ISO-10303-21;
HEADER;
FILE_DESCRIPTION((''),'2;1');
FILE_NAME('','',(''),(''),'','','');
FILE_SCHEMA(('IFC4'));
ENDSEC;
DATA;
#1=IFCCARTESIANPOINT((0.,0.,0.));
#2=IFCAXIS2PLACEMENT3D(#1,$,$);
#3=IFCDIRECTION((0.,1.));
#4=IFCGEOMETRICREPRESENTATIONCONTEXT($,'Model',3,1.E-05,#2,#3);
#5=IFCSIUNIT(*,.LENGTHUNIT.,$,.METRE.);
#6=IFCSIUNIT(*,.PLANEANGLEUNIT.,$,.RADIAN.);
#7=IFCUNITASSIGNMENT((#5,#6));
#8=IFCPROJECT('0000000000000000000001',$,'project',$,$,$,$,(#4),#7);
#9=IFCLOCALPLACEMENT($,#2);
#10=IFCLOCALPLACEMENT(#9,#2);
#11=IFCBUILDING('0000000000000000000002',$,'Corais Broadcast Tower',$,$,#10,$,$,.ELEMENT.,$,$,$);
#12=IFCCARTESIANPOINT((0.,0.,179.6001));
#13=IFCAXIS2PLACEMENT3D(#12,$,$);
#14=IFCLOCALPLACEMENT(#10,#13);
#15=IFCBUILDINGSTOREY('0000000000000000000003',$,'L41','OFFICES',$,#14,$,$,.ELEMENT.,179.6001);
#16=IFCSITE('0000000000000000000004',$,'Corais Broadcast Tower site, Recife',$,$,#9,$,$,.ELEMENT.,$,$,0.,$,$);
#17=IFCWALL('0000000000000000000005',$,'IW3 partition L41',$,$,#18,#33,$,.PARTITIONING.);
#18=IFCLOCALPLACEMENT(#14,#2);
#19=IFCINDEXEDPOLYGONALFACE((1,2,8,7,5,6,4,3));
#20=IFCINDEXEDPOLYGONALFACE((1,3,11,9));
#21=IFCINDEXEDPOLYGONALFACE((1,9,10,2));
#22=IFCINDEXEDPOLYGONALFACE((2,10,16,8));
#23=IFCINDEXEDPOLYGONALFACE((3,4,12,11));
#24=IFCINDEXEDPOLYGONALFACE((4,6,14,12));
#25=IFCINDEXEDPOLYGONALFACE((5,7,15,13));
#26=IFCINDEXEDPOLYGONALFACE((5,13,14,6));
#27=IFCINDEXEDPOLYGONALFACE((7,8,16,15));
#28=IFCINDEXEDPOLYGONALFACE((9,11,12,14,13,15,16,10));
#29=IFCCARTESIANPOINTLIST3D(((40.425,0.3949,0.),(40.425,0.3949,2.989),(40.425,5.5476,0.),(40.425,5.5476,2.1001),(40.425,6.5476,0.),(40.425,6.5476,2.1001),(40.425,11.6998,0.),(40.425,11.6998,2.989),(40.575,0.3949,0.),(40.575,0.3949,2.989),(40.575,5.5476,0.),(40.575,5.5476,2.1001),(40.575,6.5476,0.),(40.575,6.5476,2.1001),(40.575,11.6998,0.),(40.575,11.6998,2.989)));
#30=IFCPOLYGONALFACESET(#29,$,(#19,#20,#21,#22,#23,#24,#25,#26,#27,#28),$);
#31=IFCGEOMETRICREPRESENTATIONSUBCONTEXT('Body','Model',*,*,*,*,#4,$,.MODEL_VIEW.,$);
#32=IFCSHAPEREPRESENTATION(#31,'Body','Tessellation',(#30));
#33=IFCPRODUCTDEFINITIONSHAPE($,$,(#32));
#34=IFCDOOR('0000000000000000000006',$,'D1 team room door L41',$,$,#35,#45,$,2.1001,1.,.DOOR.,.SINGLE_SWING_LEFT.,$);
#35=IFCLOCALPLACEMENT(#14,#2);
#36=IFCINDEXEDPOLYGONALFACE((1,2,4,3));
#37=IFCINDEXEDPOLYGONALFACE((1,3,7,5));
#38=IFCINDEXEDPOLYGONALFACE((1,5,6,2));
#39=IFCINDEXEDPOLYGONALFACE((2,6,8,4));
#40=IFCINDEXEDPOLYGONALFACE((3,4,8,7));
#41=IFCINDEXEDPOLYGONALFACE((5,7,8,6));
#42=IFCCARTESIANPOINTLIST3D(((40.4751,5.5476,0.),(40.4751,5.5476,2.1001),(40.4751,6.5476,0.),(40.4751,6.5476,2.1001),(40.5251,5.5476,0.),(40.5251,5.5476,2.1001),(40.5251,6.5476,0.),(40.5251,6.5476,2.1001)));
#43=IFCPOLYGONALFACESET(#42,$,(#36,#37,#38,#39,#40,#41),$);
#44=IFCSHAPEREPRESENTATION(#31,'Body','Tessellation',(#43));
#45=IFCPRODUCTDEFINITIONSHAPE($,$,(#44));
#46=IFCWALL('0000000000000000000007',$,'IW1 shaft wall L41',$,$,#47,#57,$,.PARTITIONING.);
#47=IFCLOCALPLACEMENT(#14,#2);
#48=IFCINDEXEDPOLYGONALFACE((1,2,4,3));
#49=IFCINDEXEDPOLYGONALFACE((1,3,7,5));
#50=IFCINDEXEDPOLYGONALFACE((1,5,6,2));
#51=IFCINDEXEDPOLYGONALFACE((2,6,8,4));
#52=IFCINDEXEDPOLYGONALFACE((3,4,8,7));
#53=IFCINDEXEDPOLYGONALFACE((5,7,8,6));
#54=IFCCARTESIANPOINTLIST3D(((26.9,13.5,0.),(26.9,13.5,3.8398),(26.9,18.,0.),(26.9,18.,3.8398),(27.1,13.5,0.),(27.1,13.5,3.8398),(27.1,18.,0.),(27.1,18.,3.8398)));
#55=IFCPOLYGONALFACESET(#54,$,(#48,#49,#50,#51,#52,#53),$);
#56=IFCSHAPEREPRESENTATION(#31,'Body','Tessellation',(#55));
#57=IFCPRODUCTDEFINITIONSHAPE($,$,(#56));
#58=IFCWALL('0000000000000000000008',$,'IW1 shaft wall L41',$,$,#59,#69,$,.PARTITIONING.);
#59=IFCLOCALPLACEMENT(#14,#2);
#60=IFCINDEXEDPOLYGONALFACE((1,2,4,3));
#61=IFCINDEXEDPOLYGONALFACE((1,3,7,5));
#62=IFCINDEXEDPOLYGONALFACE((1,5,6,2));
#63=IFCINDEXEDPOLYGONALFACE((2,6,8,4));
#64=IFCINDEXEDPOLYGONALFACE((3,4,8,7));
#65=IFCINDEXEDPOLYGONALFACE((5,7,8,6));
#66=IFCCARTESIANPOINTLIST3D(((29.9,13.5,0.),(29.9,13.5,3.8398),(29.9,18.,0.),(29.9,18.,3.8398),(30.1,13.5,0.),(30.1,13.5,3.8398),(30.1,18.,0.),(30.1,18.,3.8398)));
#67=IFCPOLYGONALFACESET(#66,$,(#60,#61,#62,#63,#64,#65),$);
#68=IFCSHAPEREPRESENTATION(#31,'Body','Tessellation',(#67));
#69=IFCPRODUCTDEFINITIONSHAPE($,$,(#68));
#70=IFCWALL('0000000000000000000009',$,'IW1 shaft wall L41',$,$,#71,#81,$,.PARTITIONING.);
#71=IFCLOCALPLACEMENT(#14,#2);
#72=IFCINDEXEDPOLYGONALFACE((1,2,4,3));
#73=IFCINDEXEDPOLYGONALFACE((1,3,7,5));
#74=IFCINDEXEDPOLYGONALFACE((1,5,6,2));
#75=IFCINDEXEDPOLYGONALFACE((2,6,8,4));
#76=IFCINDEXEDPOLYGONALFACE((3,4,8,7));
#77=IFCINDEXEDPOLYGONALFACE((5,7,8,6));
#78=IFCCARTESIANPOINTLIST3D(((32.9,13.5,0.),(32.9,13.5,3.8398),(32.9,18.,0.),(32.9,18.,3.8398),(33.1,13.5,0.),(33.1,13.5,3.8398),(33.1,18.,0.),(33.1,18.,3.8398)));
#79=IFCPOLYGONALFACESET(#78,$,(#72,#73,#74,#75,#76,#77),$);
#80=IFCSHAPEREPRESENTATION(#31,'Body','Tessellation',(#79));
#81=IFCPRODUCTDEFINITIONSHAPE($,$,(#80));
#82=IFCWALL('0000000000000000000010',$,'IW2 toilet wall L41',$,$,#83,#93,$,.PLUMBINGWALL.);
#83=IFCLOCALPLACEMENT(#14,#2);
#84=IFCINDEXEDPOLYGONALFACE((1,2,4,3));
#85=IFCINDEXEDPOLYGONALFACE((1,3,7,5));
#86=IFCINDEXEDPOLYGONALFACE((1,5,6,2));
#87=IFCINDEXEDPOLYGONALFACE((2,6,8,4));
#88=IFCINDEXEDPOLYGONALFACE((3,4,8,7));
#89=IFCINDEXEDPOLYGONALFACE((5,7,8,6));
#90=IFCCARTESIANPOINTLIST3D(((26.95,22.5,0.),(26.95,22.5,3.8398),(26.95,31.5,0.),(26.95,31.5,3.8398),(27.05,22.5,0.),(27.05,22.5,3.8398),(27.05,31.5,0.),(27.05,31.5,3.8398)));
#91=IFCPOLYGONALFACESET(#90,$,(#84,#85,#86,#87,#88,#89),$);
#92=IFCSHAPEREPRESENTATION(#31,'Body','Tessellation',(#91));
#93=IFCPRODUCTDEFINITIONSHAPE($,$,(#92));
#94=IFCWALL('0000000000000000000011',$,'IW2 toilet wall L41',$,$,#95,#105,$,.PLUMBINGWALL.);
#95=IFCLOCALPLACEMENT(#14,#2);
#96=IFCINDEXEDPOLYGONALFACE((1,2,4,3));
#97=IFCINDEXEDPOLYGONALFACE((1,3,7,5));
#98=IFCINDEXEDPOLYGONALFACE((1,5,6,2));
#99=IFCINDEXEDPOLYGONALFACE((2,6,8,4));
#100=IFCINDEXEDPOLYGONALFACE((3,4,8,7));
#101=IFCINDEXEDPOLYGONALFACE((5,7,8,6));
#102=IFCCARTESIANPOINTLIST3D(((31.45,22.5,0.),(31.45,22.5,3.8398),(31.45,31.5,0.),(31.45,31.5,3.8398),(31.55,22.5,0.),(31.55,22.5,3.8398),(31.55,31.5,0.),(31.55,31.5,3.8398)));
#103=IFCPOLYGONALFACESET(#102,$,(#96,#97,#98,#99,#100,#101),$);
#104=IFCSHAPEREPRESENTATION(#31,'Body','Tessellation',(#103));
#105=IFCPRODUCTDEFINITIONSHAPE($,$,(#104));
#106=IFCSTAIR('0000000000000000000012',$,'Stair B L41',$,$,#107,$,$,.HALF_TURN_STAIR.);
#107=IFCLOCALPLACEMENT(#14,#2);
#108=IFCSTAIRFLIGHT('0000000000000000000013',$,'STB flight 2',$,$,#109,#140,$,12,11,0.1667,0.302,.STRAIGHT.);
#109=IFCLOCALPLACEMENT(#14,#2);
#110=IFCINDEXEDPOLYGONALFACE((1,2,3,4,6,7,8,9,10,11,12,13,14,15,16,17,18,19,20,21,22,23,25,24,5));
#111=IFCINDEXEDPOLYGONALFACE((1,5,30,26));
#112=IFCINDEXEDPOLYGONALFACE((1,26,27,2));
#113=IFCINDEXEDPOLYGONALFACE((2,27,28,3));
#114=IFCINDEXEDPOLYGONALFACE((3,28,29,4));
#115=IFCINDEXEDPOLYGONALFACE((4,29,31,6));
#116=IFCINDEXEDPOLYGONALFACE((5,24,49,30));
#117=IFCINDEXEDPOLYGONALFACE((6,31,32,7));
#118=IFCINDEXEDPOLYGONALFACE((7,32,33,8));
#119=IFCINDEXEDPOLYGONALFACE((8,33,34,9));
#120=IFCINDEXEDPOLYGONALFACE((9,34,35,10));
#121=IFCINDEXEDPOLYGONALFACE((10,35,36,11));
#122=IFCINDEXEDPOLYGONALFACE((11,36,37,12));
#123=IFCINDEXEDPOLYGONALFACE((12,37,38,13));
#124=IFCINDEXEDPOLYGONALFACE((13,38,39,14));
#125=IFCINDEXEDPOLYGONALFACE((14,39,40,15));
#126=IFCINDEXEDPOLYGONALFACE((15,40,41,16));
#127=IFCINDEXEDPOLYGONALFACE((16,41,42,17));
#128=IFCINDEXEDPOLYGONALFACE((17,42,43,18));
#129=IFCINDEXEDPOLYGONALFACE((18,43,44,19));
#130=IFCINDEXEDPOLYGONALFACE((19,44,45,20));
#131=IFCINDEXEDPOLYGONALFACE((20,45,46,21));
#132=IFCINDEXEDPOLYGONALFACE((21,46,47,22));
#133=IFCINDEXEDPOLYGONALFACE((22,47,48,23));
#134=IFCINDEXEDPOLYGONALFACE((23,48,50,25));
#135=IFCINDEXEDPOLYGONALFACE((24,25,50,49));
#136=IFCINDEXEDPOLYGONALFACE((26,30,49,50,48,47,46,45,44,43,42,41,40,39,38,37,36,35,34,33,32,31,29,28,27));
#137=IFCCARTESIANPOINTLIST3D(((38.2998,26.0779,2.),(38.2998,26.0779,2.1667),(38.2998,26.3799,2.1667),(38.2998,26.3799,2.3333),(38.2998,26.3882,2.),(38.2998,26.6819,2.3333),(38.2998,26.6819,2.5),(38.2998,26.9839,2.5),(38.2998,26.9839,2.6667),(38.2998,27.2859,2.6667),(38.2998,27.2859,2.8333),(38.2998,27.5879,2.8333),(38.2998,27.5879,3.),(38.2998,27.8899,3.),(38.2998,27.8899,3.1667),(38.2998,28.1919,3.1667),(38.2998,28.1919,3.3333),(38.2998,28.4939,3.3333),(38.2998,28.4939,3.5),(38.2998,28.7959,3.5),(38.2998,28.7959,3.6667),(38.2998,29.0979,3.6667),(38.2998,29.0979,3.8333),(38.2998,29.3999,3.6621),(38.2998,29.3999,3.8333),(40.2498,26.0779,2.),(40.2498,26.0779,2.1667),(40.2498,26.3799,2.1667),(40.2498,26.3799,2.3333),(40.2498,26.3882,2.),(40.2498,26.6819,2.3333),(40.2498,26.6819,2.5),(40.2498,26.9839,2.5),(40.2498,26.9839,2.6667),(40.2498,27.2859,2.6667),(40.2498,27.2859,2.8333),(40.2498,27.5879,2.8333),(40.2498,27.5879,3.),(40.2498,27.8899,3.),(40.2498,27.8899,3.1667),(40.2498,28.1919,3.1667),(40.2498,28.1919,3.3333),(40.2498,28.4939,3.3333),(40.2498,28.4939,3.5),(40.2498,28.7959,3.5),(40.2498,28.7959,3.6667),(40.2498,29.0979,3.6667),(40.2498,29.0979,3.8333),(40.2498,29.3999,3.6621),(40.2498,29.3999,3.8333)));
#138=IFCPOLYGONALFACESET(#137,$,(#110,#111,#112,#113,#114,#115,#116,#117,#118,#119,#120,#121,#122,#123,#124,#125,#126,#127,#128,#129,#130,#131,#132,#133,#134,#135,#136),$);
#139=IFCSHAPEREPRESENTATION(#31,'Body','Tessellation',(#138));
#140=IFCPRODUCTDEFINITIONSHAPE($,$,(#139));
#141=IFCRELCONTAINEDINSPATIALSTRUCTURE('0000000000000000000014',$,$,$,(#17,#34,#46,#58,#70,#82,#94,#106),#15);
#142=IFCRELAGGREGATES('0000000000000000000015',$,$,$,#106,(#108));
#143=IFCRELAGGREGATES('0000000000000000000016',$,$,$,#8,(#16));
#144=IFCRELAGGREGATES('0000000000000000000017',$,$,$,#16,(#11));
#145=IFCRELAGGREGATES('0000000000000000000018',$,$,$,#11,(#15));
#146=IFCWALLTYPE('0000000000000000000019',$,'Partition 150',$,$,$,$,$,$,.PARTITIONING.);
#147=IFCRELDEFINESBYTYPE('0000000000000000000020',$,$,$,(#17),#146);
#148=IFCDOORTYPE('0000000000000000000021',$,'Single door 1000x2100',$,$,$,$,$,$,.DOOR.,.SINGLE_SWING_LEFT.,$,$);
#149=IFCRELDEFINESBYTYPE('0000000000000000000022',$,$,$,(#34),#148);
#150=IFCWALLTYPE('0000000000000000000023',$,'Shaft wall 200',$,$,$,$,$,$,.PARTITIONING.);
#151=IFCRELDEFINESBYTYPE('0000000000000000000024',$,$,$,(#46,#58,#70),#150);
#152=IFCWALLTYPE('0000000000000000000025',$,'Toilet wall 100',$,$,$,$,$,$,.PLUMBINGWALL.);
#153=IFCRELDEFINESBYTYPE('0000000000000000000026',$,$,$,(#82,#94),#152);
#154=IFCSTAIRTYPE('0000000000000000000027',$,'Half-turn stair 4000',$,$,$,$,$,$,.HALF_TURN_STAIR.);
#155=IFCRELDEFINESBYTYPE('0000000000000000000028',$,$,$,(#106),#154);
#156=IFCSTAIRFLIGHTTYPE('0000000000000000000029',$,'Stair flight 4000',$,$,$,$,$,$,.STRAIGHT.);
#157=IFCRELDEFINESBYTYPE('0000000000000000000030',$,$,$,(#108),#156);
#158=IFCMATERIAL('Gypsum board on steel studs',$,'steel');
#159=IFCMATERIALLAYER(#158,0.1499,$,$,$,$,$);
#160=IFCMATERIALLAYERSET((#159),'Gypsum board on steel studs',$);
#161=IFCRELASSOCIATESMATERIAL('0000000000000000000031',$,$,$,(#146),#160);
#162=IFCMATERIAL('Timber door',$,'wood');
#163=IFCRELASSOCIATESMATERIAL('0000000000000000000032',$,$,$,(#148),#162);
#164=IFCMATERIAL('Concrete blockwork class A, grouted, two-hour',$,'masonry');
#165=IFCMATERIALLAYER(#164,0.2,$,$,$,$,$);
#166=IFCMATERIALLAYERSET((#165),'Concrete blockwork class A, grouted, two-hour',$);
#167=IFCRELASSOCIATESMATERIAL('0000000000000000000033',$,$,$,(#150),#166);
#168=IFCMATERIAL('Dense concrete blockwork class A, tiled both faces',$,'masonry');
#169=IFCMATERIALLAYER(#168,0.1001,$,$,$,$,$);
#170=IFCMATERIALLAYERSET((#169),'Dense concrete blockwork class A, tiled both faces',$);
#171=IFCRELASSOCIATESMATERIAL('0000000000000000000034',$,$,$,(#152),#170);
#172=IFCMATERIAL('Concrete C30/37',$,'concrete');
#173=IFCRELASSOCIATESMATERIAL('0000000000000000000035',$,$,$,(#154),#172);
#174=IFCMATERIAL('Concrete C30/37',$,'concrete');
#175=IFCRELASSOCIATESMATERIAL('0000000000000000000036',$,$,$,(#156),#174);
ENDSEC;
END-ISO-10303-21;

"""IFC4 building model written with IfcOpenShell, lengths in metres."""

from ifc_helpers import new_model, si_unit, direction, frame, frame_2d, origin, place, context, subcontext, project, spatial, polyline, rectangle, outline, extrude, material, layer, layer_set, type_object, element, fill, aggregate, save


model = new_model("IFC4")

# Units and contexts
model_context = context("Model", 3, precision=1e-05, world=origin(), true_north=direction((0.0, 1.0)))
body_context = subcontext(model_context, "Body", "Model", "MODEL_VIEW")
ifc_project = project(units=[si_unit("LENGTHUNIT", "METRE"), si_unit("PLANEANGLEUNIT", "RADIAN")], contexts=[model_context])

# Site, building, storey
site_placement = place(None, origin())
site = spatial("IfcSite", under=ifc_project, at=site_placement, Name="Corais Broadcast Tower site, Recife", CompositionType="ELEMENT", RefElevation=0.0)
building_placement = place(site_placement, origin())
building = spatial("IfcBuilding", under=site, at=building_placement, Name="Corais Broadcast Tower", CompositionType="ELEMENT")
storey_placement = place(building_placement, frame((0.0, 0.0, 179.6001)))
storey = spatial("IfcBuildingStorey", under=building, at=storey_placement, Name="L41", Description="OFFICES", CompositionType="ELEMENT", Elevation=179.6001)

# Shared definitions
ifc_material_1 = material(Name="Gypsum board on steel studs", Category="steel")
ifc_layer_1 = layer(ifc_material_1, 0.1499)
ifc_layer_set_1 = layer_set([ifc_layer_1], Name="Gypsum board on steel studs")
wall_type_1 = type_object("IfcWallType", Name="Partition 150", PredefinedType="PARTITIONING", material=ifc_layer_set_1)

# Wall, opening, door
wall_1_placement = place(storey_placement, frame((40.5, 0.395, 0.0), z_axis=(0.0, 0.0, 1.0), x_axis=(0.0, 1.0, 0.0)))
wall_1 = element("IfcWall", 1, at=wall_1_placement, inside=storey, type_object=wall_type_1, Name="IW3 partition L41", PredefinedType="PARTITIONING", context=body_context, shape_type="SweptSolid", body=[
    extrude(rectangle(XDim=11.3049, YDim=0.1499, at=frame_2d((5.6523, 0.0))), origin(), (0.0, 0.0, 1.0), 2.989),
])
opening_1_placement = place(wall_1_placement, frame((5.1526, 0.0, 0.0)))
opening_1 = element("IfcOpeningElement", 2, at=opening_1_placement, cuts=wall_1, PredefinedType="OPENING", context=body_context, shape_type="SweptSolid", body=[
    extrude(rectangle(XDim=1.0, YDim=2.1001, at=frame_2d((0.5, 1.05))), frame((0.0, 0.085, 0.0), z_axis=(0.0, -1.0, 0.0), x_axis=(1.0, 0.0, 0.0)), (0.0, 0.0, 1.0), 0.1699),
])
ifc_material_2 = material(Name="Timber door", Category="wood")
door_type_1 = type_object("IfcDoorType", Name="Single door 1000x2100", OperationType="SINGLE_SWING_LEFT", PredefinedType="DOOR", material=ifc_material_2)
door_1_placement = place(opening_1_placement, origin())
door_1 = element("IfcDoor", 3, at=door_1_placement, inside=storey, type_object=door_type_1, Name="D1 team room door L41", OperationType="SINGLE_SWING_LEFT", OverallHeight=2.1001, OverallWidth=1.0, PredefinedType="DOOR", context=body_context, shape_type="SweptSolid", body=[
    extrude(rectangle(XDim=1.0, YDim=2.1001, at=frame_2d((0.5, 1.05))), frame((0.0, 0.0249, 0.0), z_axis=(0.0, -1.0, 0.0), x_axis=(1.0, 0.0, 0.0)), (0.0, 0.0, 1.0), 0.05),
])
fill(opening_1, door_1)

# Walls
ifc_material_3 = material(Name="Concrete blockwork class A, grouted, two-hour", Category="masonry")
ifc_layer_2 = layer(ifc_material_3, 0.2)
ifc_layer_set_2 = layer_set([ifc_layer_2], Name="Concrete blockwork class A, grouted, two-hour")
wall_type_2 = type_object("IfcWallType", Name="Shaft wall 200", PredefinedType="PARTITIONING", material=ifc_layer_set_2)
for number, where, z_axis, x_axis, name in (
    (4, (27.0, 13.5, 0.0), (0.0, 0.0, 1.0), (0.0, 1.0, 0.0), "IW1 shaft wall L41"),
    (5, (30.0, 13.5, 0.0), (0.0, 0.0, 1.0), (0.0, 1.0, 0.0), "IW1 shaft wall L41"),
    (6, (33.0, 13.5, 0.0), (0.0, 0.0, 1.0), (0.0, 1.0, 0.0), "IW1 shaft wall L41"),
):
    element("IfcWall", number, at=place(storey_placement, frame(where, z_axis=z_axis, x_axis=x_axis)), inside=storey, type_object=wall_type_2, Name=name, PredefinedType="PARTITIONING", context=body_context, shape_type="SweptSolid", body=[
        extrude(rectangle(XDim=4.5, YDim=0.2, at=frame_2d((2.25, 0.0))), origin(), (0.0, 0.0, 1.0), 3.8398),
    ])
ifc_material_4 = material(Name="Dense concrete blockwork class A, tiled both faces", Category="masonry")
ifc_layer_3 = layer(ifc_material_4, 0.1001)
ifc_layer_set_3 = layer_set([ifc_layer_3], Name="Dense concrete blockwork class A, tiled both faces")
wall_type_3 = type_object("IfcWallType", Name="Toilet wall 100", PredefinedType="PLUMBINGWALL", material=ifc_layer_set_3)
for number, where, z_axis, x_axis, name in (
    (7, (27.0, 22.5, 0.0), (0.0, 0.0, 1.0), (0.0, 1.0, 0.0), "IW2 toilet wall L41"),
    (8, (31.5, 22.5, 0.0), (0.0, 0.0, 1.0), (0.0, 1.0, 0.0), "IW2 toilet wall L41"),
):
    element("IfcWall", number, at=place(storey_placement, frame(where, z_axis=z_axis, x_axis=x_axis)), inside=storey, type_object=wall_type_3, Name=name, PredefinedType="PLUMBINGWALL", context=body_context, shape_type="SweptSolid", body=[
        extrude(rectangle(XDim=9.0, YDim=0.1001, at=frame_2d((4.5, 0.0))), origin(), (0.0, 0.0, 1.0), 3.8398),
    ])

# Stair, stair flight
ifc_material_5 = material(Name="Concrete C30/37", Category="concrete")
stair_type = type_object("IfcStairType", Name="Half-turn stair 4000", PredefinedType="HALF_TURN_STAIR", material=ifc_material_5)
stair_placement = place(storey_placement, origin())
stair = element("IfcStair", 9, at=stair_placement, inside=storey, type_object=stair_type, Name="Stair B L41", PredefinedType="HALF_TURN_STAIR")
ifc_material_6 = material(Name="Concrete C30/37", Category="concrete")
stair_flight_type = type_object("IfcStairFlightType", Name="Stair flight 4000", PredefinedType="STRAIGHT", material=ifc_material_6)
stair_flight_placement = place(storey_placement, frame((39.2749, 26.0779, 2.0), z_axis=(0.0, 0.0, 1.0), x_axis=(0.0, 1.0, 0.0)))
stair_flight = element("IfcStairFlight", 10, at=stair_flight_placement, type_object=stair_flight_type, Name="STB flight 2", NumberOfRisers=12, NumberOfTreads=11, PredefinedType="STRAIGHT", RiserHeight=0.1667, TreadLength=0.302, context=body_context, shape_type="SweptSolid", body=[
    extrude(outline(polyline([(0.0, 0.0), (0.0, 0.1667), (0.302, 0.1667), (0.302, 0.3333), (0.604, 0.3333), (0.604, 0.5), (0.906, 0.5), (0.906, 0.6667), (1.208, 0.6667), (1.208, 0.8333), (1.51, 0.8333), (1.51, 1.0), (1.812, 1.0), (1.812, 1.1667), (2.114, 1.1667), (2.114, 1.3333), (2.416, 1.3333), (2.416, 1.5), (2.718, 1.5), (2.718, 1.6667), (3.02, 1.6667), (3.02, 1.8333), (3.322, 1.8333), (3.322, 2.0), (3.322, 1.6621), (0.3103, 0.0), (0.0, 0.0)])), frame((0.0, 0.9751, 0.0), z_axis=(0.0, -1.0, 0.0), x_axis=(1.0, 0.0, 0.0)), (0.0, 0.0, 1.0), 1.95),
])
aggregate(stair, [stair_flight])

save(model, "model.ifc")
